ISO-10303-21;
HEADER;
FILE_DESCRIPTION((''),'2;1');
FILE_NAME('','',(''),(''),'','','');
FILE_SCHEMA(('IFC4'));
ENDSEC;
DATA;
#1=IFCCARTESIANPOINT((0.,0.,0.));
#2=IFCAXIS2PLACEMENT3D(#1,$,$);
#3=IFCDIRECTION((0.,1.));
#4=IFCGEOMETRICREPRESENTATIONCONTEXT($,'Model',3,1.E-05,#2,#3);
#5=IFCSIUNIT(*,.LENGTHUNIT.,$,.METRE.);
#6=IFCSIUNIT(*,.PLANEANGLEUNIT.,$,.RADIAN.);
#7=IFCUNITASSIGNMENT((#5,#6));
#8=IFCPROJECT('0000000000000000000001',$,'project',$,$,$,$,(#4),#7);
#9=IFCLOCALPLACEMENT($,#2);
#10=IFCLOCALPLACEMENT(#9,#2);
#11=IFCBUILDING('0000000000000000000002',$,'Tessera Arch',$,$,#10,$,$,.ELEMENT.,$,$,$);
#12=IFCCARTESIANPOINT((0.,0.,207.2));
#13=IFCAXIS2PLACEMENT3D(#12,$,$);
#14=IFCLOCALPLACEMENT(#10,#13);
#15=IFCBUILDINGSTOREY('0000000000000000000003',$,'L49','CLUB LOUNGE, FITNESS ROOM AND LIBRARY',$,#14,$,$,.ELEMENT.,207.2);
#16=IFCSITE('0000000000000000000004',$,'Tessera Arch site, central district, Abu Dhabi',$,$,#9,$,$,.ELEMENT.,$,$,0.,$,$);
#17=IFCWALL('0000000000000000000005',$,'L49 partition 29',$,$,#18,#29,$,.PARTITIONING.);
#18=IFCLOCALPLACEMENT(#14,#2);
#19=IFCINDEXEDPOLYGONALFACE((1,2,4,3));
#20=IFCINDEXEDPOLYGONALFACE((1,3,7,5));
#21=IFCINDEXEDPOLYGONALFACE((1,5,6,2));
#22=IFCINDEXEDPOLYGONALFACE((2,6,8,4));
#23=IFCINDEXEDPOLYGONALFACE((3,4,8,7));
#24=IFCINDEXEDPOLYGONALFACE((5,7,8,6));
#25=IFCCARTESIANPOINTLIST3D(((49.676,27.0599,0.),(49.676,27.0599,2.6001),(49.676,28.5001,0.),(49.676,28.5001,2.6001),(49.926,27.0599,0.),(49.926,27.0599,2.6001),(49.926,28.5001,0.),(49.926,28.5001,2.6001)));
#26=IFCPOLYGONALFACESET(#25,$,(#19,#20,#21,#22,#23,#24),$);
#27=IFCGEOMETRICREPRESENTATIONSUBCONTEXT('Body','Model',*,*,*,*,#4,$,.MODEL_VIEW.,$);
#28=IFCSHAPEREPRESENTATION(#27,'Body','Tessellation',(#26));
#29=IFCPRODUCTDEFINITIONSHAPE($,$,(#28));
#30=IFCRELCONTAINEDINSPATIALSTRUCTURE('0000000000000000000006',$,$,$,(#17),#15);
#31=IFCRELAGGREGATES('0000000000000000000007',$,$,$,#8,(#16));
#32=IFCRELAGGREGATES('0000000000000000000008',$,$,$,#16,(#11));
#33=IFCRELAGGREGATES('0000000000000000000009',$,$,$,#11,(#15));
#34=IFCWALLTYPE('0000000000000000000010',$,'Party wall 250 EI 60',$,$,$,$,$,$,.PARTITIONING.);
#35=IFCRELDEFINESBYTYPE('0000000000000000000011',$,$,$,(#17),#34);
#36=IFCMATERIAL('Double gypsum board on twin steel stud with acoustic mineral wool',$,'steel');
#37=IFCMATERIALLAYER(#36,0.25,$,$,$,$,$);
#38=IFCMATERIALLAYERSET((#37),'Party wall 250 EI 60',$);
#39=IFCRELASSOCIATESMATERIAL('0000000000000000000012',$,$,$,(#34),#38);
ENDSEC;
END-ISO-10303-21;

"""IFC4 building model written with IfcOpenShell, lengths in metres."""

from ifc_helpers import new_model, si_unit, direction, frame, frame_2d, origin, place, context, subcontext, project, spatial, rectangle, extrude, material, layer, layer_set, type_object, element, save


model = new_model("IFC4")

# Units and contexts
model_context = context("Model", 3, precision=1e-05, world=origin(), true_north=direction((0.0, 1.0)))
body_context = subcontext(model_context, "Body", "Model", "MODEL_VIEW")
ifc_project = project(units=[si_unit("LENGTHUNIT", "METRE"), si_unit("PLANEANGLEUNIT", "RADIAN")], contexts=[model_context])

# Site, building, storey
site_placement = place(None, origin())
site = spatial("IfcSite", under=ifc_project, at=site_placement, Name="Tessera Arch site, central district, Abu Dhabi", CompositionType="ELEMENT", RefElevation=0.0)
building_placement = place(site_placement, origin())
building = spatial("IfcBuilding", under=site, at=building_placement, Name="Tessera Arch", CompositionType="ELEMENT")
storey_placement = place(building_placement, frame((0.0, 0.0, 207.2)))
storey = spatial("IfcBuildingStorey", under=building, at=storey_placement, Name="L49", Description="CLUB LOUNGE, FITNESS ROOM AND LIBRARY", CompositionType="ELEMENT", Elevation=207.2)

# Wall
ifc_material_1 = material(Name="Double gypsum board on twin steel stud with acoustic mineral wool", Category="steel")
ifc_layer_1 = layer(ifc_material_1, 0.25)
ifc_layer_set_1 = layer_set([ifc_layer_1], Name="Party wall 250 EI 60")
wall_type_1 = type_object("IfcWallType", Name="Party wall 250 EI 60", PredefinedType="PARTITIONING", material=ifc_layer_set_1)
wall_1_placement = place(storey_placement, frame((49.801, 27.0598, 0.0), z_axis=(0.0, 0.0, 1.0), x_axis=(0.0, 1.0, 0.0)))
element("IfcWall", 1, at=wall_1_placement, inside=storey, type_object=wall_type_1, Name="L49 partition 29", PredefinedType="PARTITIONING", context=body_context, shape_type="SweptSolid", body=[
    extrude(rectangle(XDim=1.4402, YDim=0.25, at=frame_2d((0.7202, 0.0))), origin(), (0.0, 0.0, 1.0), 2.6001),
])

save(model, "model.ifc")
